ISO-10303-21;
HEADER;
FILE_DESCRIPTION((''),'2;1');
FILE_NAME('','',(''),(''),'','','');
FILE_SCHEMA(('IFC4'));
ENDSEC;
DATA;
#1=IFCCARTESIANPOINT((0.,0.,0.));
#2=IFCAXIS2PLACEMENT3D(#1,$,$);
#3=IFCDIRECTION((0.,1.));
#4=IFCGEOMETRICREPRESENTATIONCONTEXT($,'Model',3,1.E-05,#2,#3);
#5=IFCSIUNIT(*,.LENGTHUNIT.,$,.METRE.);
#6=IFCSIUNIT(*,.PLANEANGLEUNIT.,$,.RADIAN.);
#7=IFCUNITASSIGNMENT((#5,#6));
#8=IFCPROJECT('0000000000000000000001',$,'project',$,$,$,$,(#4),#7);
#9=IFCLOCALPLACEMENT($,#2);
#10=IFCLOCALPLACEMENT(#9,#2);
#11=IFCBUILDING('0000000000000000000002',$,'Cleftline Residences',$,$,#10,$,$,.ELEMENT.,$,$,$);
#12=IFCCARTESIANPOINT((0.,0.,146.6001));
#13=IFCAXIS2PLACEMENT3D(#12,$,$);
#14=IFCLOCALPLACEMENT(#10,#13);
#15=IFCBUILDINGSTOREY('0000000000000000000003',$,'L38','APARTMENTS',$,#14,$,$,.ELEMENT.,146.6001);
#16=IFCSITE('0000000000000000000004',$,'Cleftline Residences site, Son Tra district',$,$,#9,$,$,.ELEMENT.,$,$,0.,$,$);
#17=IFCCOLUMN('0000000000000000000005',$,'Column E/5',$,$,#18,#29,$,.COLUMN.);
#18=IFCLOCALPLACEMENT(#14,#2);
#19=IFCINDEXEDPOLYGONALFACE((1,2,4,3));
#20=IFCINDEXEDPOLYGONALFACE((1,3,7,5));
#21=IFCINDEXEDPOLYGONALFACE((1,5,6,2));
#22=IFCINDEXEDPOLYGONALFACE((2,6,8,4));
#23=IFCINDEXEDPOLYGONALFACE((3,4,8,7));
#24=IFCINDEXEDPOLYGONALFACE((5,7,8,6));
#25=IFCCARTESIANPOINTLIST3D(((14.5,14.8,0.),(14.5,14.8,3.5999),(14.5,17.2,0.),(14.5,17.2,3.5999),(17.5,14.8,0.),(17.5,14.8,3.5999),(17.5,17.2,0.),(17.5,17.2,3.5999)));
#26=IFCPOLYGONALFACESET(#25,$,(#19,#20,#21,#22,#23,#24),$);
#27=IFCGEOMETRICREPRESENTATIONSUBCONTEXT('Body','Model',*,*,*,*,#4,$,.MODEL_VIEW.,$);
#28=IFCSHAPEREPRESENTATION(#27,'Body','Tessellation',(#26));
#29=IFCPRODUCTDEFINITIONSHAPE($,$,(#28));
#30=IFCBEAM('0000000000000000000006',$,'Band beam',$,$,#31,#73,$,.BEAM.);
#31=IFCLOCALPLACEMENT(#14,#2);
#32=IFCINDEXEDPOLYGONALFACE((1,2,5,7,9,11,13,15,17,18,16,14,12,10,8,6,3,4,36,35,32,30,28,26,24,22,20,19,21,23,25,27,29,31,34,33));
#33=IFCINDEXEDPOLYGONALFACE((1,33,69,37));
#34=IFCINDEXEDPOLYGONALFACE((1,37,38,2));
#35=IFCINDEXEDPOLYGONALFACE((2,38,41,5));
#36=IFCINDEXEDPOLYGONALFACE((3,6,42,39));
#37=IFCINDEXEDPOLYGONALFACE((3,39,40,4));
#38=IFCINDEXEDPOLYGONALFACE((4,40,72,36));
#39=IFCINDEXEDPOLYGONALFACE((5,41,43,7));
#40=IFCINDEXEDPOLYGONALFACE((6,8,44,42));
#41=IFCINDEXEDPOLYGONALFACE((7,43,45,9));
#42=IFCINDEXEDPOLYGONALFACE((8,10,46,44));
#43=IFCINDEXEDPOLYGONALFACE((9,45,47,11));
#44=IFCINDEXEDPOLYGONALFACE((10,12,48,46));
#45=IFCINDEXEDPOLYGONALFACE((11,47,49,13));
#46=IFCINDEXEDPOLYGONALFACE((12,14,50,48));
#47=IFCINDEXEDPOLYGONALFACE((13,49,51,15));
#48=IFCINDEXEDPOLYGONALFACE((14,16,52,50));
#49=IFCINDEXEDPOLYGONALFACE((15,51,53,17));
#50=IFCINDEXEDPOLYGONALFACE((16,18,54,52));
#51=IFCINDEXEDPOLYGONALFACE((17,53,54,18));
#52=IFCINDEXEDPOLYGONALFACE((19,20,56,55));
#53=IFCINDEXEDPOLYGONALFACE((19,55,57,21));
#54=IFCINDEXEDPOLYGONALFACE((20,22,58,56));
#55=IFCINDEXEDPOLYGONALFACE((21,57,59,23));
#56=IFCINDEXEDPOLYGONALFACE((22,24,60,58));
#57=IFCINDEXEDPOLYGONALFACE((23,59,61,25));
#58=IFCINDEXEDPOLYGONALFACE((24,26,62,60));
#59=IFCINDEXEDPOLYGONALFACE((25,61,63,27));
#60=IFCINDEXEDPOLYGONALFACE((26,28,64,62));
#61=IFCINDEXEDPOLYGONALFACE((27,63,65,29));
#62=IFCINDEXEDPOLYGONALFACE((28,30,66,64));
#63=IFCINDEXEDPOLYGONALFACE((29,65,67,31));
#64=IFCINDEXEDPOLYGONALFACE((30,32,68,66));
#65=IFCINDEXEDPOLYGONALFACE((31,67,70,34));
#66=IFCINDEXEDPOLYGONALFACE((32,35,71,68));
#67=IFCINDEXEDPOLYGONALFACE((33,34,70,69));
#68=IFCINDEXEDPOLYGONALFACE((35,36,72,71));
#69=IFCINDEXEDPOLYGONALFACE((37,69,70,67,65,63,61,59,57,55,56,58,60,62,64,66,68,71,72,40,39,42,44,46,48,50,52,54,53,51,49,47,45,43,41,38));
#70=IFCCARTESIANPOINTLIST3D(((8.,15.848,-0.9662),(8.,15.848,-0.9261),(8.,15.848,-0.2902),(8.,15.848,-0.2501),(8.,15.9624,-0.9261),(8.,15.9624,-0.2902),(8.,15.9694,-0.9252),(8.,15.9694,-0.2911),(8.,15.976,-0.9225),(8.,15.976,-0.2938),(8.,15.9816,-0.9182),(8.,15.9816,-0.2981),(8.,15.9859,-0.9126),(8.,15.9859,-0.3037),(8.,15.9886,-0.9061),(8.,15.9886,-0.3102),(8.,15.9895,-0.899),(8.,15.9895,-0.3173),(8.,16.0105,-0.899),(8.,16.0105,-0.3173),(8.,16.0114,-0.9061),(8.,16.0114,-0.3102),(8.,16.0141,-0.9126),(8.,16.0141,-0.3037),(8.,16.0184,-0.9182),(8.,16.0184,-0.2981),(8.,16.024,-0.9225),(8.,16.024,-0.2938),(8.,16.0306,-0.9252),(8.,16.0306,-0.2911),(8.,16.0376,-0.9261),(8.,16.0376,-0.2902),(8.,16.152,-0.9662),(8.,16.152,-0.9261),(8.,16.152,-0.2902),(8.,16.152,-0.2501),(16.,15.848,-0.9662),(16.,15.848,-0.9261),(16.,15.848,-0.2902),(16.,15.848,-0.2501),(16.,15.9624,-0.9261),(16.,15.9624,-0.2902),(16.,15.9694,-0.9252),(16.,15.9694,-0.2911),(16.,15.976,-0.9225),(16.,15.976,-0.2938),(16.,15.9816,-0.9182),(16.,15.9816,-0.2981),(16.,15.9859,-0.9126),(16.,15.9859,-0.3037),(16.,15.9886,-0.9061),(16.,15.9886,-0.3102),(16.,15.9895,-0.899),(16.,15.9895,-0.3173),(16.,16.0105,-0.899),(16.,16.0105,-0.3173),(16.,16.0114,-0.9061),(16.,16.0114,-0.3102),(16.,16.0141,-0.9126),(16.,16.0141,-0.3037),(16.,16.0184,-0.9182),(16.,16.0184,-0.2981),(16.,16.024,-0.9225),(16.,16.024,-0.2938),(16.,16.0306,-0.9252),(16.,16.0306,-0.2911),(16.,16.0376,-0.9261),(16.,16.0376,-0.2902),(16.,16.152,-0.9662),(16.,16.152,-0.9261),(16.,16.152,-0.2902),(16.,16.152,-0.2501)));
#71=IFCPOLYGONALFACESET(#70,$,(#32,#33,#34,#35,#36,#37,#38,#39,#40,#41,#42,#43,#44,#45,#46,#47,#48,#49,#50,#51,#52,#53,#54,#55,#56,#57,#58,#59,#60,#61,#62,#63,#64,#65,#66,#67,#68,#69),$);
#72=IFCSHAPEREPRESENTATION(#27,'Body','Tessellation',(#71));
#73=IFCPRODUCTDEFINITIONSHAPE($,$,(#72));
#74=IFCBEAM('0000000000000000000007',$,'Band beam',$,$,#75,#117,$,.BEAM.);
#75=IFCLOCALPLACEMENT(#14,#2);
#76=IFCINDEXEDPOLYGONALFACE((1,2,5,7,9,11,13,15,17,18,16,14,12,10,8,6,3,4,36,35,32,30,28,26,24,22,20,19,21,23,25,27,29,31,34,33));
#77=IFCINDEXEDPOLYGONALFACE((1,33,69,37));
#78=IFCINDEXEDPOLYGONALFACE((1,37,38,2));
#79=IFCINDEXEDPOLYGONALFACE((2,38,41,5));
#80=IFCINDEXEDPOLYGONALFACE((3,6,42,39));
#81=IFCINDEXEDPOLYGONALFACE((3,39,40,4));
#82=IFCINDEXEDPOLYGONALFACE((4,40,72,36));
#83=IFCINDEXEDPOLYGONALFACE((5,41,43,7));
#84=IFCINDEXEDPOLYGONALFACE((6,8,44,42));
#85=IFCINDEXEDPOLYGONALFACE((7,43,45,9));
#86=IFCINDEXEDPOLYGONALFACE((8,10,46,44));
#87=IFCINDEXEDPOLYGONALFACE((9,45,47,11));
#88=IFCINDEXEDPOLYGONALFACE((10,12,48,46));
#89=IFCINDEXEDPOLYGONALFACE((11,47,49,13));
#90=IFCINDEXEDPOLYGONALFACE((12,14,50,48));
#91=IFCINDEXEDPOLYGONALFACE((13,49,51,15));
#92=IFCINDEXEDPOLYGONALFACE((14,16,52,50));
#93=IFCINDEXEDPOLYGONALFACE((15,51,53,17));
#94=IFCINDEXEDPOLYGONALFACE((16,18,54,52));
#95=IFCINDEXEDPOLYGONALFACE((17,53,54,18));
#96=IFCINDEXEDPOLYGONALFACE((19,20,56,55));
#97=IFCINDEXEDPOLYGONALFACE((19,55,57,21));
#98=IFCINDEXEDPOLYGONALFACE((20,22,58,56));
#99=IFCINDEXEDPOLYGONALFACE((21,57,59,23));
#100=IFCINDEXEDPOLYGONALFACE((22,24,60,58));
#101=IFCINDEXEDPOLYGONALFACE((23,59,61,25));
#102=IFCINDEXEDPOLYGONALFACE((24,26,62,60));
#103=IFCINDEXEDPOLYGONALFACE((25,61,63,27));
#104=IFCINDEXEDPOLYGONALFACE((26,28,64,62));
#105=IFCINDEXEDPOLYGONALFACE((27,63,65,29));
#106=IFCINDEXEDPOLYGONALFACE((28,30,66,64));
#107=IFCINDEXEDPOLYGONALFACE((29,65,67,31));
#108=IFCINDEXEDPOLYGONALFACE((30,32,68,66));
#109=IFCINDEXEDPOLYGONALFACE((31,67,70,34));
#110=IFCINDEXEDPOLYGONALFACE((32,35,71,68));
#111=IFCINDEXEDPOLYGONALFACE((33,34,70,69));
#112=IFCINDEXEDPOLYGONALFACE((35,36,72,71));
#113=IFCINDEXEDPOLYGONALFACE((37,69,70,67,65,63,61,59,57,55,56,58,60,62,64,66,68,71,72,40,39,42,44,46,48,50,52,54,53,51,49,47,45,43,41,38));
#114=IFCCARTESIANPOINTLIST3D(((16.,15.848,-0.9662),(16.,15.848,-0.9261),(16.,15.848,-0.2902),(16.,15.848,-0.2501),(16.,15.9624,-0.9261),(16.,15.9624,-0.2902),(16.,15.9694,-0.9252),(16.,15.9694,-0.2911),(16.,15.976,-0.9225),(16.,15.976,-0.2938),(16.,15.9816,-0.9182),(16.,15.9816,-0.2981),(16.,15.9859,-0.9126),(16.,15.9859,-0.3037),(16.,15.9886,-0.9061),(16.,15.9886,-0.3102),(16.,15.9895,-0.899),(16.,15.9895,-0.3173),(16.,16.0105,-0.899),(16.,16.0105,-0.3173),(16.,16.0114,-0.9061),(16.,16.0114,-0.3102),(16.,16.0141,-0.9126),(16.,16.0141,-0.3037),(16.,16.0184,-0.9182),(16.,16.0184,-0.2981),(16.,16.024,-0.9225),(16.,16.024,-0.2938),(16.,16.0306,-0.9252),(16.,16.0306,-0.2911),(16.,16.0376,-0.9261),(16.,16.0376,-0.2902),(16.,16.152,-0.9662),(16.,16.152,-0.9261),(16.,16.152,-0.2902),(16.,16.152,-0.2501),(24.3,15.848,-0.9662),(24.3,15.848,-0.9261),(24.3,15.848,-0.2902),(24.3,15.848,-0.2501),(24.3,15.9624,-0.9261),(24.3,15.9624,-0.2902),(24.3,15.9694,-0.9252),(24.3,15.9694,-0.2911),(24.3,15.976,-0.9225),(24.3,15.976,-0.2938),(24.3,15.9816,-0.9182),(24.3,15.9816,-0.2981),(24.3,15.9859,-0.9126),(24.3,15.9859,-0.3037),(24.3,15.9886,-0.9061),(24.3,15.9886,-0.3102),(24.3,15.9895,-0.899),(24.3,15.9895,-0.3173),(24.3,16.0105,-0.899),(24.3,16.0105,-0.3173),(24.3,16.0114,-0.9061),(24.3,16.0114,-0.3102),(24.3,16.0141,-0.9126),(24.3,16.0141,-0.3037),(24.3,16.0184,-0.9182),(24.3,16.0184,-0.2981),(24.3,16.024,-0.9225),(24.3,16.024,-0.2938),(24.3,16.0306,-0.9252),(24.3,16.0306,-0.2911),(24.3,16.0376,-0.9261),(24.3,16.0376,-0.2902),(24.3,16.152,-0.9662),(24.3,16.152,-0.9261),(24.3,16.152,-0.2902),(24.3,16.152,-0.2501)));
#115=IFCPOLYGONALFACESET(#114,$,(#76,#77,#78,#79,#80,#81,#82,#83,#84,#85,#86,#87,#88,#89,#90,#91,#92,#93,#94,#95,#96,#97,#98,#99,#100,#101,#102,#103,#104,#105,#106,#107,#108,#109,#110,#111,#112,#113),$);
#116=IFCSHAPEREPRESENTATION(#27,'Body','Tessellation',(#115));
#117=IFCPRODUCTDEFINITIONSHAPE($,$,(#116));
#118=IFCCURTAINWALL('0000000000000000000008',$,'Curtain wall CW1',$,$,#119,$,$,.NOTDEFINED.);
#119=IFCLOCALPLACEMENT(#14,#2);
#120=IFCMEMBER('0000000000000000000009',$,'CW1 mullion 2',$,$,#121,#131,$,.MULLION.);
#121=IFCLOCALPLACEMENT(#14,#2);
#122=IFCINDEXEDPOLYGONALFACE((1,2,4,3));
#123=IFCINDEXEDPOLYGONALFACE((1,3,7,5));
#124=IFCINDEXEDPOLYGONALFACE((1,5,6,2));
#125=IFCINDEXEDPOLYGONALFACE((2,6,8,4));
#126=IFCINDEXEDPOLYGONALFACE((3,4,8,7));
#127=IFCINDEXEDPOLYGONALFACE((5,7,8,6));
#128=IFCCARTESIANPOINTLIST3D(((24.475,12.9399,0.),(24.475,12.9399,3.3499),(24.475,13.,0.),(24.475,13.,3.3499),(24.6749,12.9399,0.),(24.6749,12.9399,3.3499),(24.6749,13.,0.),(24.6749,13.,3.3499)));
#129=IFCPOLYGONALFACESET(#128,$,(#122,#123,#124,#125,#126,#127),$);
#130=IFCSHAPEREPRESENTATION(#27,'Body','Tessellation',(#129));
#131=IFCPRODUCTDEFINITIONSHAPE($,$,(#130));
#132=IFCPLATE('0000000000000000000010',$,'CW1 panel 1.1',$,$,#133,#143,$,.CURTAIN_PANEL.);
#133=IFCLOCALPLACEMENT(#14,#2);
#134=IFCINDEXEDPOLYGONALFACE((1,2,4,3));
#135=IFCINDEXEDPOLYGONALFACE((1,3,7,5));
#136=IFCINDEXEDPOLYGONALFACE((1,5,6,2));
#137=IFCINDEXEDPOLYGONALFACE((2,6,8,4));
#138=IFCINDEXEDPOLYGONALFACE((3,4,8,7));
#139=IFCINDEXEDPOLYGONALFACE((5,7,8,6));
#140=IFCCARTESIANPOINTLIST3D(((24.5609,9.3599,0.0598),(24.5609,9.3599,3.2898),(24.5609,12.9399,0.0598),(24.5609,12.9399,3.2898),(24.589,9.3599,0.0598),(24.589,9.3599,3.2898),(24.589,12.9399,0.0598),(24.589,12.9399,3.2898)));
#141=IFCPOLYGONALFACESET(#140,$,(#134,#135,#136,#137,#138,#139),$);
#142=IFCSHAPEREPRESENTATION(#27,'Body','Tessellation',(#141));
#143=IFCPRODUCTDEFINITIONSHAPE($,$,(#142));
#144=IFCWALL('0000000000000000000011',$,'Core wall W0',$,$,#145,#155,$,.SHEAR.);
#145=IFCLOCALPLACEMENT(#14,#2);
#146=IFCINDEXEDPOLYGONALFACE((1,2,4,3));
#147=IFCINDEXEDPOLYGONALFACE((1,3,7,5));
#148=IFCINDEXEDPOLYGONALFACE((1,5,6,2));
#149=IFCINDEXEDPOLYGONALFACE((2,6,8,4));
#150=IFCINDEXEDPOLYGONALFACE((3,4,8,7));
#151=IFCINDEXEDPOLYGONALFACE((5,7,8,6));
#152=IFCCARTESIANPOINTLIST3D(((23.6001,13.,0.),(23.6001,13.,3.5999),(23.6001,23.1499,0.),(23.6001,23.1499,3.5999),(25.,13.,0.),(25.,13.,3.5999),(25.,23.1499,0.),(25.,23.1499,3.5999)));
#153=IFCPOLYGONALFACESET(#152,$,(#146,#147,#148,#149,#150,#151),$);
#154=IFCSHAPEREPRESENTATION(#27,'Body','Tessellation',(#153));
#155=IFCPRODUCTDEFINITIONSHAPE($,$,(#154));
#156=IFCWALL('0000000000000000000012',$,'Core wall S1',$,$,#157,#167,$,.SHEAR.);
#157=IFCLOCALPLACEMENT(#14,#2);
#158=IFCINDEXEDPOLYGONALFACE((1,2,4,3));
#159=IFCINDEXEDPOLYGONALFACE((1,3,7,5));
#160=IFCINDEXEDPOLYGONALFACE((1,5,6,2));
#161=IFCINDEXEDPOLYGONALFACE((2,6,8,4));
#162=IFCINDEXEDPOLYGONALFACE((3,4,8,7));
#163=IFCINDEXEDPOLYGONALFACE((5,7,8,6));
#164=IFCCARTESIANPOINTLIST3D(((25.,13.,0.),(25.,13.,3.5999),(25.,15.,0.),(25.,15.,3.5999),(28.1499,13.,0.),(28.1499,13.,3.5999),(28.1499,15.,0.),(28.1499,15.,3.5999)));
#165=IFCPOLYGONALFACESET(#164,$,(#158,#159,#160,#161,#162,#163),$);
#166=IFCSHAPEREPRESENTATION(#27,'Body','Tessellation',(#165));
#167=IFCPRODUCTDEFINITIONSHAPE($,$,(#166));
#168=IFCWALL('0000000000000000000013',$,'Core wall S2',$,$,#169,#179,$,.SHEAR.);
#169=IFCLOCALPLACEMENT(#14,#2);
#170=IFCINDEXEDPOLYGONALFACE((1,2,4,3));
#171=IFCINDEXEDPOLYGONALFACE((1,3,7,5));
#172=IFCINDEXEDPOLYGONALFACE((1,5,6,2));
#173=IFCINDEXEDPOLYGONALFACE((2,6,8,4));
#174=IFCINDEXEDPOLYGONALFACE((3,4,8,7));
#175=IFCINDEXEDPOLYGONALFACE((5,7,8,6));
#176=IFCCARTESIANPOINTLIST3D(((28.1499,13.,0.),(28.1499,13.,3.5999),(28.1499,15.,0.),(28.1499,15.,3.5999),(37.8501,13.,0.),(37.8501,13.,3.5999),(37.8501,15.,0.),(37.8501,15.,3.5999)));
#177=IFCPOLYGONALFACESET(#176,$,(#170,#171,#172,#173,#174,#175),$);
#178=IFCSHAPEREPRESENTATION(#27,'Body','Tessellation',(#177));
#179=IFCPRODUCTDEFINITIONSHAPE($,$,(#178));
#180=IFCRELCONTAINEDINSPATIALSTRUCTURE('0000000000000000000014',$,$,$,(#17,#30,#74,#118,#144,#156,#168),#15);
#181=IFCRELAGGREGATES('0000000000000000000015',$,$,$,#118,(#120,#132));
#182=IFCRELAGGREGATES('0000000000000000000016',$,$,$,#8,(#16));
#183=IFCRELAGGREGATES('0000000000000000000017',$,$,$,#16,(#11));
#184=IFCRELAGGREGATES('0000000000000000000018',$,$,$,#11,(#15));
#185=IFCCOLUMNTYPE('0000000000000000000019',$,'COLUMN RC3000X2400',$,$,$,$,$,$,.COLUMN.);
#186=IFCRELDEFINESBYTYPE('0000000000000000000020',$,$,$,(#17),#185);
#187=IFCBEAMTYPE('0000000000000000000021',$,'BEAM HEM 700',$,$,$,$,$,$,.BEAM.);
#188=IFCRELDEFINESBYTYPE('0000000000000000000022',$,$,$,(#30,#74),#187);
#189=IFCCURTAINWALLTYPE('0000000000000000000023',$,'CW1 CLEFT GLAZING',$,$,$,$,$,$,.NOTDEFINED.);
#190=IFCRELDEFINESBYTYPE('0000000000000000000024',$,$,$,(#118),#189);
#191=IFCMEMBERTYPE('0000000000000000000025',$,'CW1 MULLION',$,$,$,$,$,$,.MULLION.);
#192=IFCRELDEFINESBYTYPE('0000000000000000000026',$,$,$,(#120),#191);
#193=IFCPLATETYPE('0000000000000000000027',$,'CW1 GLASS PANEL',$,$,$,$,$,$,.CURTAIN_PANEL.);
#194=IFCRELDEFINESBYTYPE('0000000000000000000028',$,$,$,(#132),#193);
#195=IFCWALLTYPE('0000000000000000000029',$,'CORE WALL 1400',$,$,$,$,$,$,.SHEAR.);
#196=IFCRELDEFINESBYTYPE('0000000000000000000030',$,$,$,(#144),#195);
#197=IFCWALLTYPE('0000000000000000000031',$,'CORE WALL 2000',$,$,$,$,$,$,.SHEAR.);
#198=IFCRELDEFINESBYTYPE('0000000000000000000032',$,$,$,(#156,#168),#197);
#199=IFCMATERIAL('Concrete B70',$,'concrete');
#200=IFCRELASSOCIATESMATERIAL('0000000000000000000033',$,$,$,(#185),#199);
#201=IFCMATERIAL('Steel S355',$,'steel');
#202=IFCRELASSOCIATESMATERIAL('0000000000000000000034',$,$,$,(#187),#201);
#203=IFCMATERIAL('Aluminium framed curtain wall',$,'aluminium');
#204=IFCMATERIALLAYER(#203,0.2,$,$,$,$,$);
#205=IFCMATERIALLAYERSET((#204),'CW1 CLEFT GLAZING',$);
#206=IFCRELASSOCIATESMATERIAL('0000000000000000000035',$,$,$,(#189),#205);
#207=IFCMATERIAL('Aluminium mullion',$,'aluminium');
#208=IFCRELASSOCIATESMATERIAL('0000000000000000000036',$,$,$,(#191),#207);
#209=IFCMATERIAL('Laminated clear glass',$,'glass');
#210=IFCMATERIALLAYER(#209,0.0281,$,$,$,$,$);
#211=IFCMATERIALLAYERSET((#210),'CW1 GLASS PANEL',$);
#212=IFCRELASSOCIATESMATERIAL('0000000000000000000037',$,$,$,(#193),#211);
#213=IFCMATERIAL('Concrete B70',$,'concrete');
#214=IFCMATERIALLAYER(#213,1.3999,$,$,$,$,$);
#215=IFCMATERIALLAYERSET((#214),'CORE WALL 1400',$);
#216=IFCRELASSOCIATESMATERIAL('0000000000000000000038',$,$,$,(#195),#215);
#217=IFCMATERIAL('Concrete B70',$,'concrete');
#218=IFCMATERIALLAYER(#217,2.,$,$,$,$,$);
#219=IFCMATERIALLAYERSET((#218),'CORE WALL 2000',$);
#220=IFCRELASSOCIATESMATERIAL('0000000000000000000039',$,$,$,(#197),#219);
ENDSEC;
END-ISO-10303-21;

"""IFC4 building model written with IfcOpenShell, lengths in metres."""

from ifc_helpers import new_model, si_unit, direction, frame, frame_2d, origin, origin_2d, place, context, subcontext, project, spatial, rectangle, i_section, extrude, material, layer, layer_set, material_profile, profile_set, type_object, element, aggregate, save


model = new_model("IFC4")

# Units and contexts
model_context = context("Model", 3, precision=1e-05, world=origin(), true_north=direction((0.0, 1.0)))
body_context = subcontext(model_context, "Body", "Model", "MODEL_VIEW")
ifc_project = project(units=[si_unit("LENGTHUNIT", "METRE"), si_unit("PLANEANGLEUNIT", "RADIAN")], contexts=[model_context])

# Site, building, storey
site_placement = place(None, origin())
site = spatial("IfcSite", under=ifc_project, at=site_placement, Name="Cleftline Residences site, Son Tra district", CompositionType="ELEMENT", RefElevation=0.0)
building_placement = place(site_placement, origin())
building = spatial("IfcBuilding", under=site, at=building_placement, Name="Cleftline Residences", CompositionType="ELEMENT")
storey_placement = place(building_placement, frame((0.0, 0.0, 146.6001)))
storey = spatial("IfcBuildingStorey", under=building, at=storey_placement, Name="L38", Description="APARTMENTS", CompositionType="ELEMENT", Elevation=146.6001)

# Column
ifc_material_1 = material(Name="Concrete B70", Category="concrete")
ifc_material_profile_1 = material_profile(ifc_material_1, rectangle(XDim=3.0, YDim=2.3999, at=origin_2d()))
ifc_profile_set_1 = profile_set([ifc_material_profile_1], Name="Concrete B70")
column_type = type_object("IfcColumnType", Name="COLUMN RC3000X2400", PredefinedType="COLUMN", material=ifc_profile_set_1)
column_placement = place(storey_placement, frame((16.0, 16.0, 0.0), z_axis=(0.0, 0.0, 1.0), x_axis=(1.0, 0.0, 0.0)))
element("IfcColumn", 1, at=column_placement, inside=storey, type_object=column_type, Name="Column E/5", PredefinedType="COLUMN", context=body_context, shape_type="SweptSolid", body=[
    extrude(rectangle(XDim=3.0, YDim=2.3999, at=origin_2d()), origin(), (0.0, 0.0, 1.0), 3.5999),
])

# Beams
ifc_material_2 = material(Name="Steel S355", Category="steel")
ifc_material_profile_2 = material_profile(ifc_material_2, i_section(OverallWidth=0.304, OverallDepth=0.7161, WebThickness=0.021, FlangeThickness=0.04, FilletRadius=0.0271, at=origin_2d()))
ifc_profile_set_2 = profile_set([ifc_material_profile_2], Name="Steel S355")
beam_type = type_object("IfcBeamType", Name="BEAM HEM 700", PredefinedType="BEAM", material=ifc_profile_set_2)
beam_1_placement = place(storey_placement, frame((8.0, 16.0, -0.6082), z_axis=(1.0, 0.0, 0.0), x_axis=(0.0, 1.0, 0.0)))
element("IfcBeam", 2, at=beam_1_placement, inside=storey, type_object=beam_type, Name="Band beam", PredefinedType="BEAM", context=body_context, shape_type="SweptSolid", body=[
    extrude(i_section(OverallWidth=0.304, OverallDepth=0.7161, WebThickness=0.021, FlangeThickness=0.04, FilletRadius=0.0271, at=origin_2d()), origin(), (0.0, 0.0, 1.0), 8.0),
])
beam_2_placement = place(storey_placement, frame((16.0, 16.0, -0.6082), z_axis=(1.0, 0.0, 0.0), x_axis=(0.0, 1.0, 0.0)))
element("IfcBeam", 3, at=beam_2_placement, inside=storey, type_object=beam_type, Name="Band beam", PredefinedType="BEAM", context=body_context, shape_type="SweptSolid", body=[
    extrude(i_section(OverallWidth=0.304, OverallDepth=0.7161, WebThickness=0.021, FlangeThickness=0.04, FilletRadius=0.0271, at=origin_2d()), origin(), (0.0, 0.0, 1.0), 8.3),
])

# Curtain wall, member, plate
ifc_material_3 = material(Name="Aluminium framed curtain wall", Category="aluminium")
ifc_layer_1 = layer(ifc_material_3, 0.2)
ifc_layer_set_1 = layer_set([ifc_layer_1], Name="CW1 CLEFT GLAZING")
curtain_wall_type = type_object("IfcCurtainWallType", Name="CW1 CLEFT GLAZING", PredefinedType="NOTDEFINED", material=ifc_layer_set_1)
curtain_wall_placement = place(storey_placement, origin())
curtain_wall = element("IfcCurtainWall", 4, at=curtain_wall_placement, inside=storey, type_object=curtain_wall_type, Name="Curtain wall CW1", PredefinedType="NOTDEFINED")
ifc_material_4 = material(Name="Aluminium mullion", Category="aluminium")
ifc_material_profile_3 = material_profile(ifc_material_4, rectangle(XDim=0.2, YDim=0.0601, at=origin_2d()))
ifc_profile_set_3 = profile_set([ifc_material_profile_3], Name="Aluminium mullion")
member_type = type_object("IfcMemberType", Name="CW1 MULLION", PredefinedType="MULLION", material=ifc_profile_set_3)
member_placement = place(storey_placement, frame((24.575, 12.97, 0.0), z_axis=(0.0, 0.0, 1.0), x_axis=(-1.0, 0.0, 0.0)))
member = element("IfcMember", 5, at=member_placement, type_object=member_type, Name="CW1 mullion 2", PredefinedType="MULLION", context=body_context, shape_type="SweptSolid", body=[
    extrude(rectangle(XDim=0.2, YDim=0.0601, at=origin_2d()), origin(), (0.0, 0.0, 1.0), 3.3499),
])
ifc_material_5 = material(Name="Laminated clear glass", Category="glass")
ifc_layer_2 = layer(ifc_material_5, 0.0281)
ifc_layer_set_2 = layer_set([ifc_layer_2], Name="CW1 GLASS PANEL")
plate_type = type_object("IfcPlateType", Name="CW1 GLASS PANEL", PredefinedType="CURTAIN_PANEL", material=ifc_layer_set_2)
plate_placement = place(storey_placement, frame((24.575, 11.1499, 0.0598), z_axis=(0.0, 0.0, 1.0), x_axis=(0.0, 1.0, 0.0)))
plate = element("IfcPlate", 6, at=plate_placement, type_object=plate_type, Name="CW1 panel 1.1", PredefinedType="CURTAIN_PANEL", context=body_context, shape_type="SweptSolid", body=[
    extrude(rectangle(XDim=3.5801, YDim=0.0281, at=origin_2d()), origin(), (0.0, 0.0, 1.0), 3.23),
])
aggregate(curtain_wall, [member, plate])

# Wall
ifc_material_6 = material(Name="Concrete B70", Category="concrete")
ifc_layer_3 = layer(ifc_material_6, 1.3999)
ifc_layer_set_3 = layer_set([ifc_layer_3], Name="CORE WALL 1400")
wall_type_1 = type_object("IfcWallType", Name="CORE WALL 1400", PredefinedType="SHEAR", material=ifc_layer_set_3)
wall_1_placement = place(storey_placement, frame((24.3, 13.0, 0.0), z_axis=(0.0, 0.0, 1.0), x_axis=(0.0, 1.0, 0.0)))
element("IfcWall", 7, at=wall_1_placement, inside=storey, type_object=wall_type_1, Name="Core wall W0", PredefinedType="SHEAR", context=body_context, shape_type="SweptSolid", body=[
    extrude(rectangle(XDim=10.1499, YDim=1.3999, at=frame_2d((5.075, 0.0))), origin(), (0.0, 0.0, 1.0), 3.5999),
])

# Walls
ifc_material_7 = material(Name="Concrete B70", Category="concrete")
ifc_layer_4 = layer(ifc_material_7, 2.0)
ifc_layer_set_4 = layer_set([ifc_layer_4], Name="CORE WALL 2000")
wall_type_2 = type_object("IfcWallType", Name="CORE WALL 2000", PredefinedType="SHEAR", material=ifc_layer_set_4)
wall_2_placement = place(storey_placement, frame((25.0, 14.0, 0.0), z_axis=(0.0, 0.0, 1.0), x_axis=(1.0, 0.0, 0.0)))
element("IfcWall", 8, at=wall_2_placement, inside=storey, type_object=wall_type_2, Name="Core wall S1", PredefinedType="SHEAR", context=body_context, shape_type="SweptSolid", body=[
    extrude(rectangle(XDim=3.1499, YDim=2.0, at=frame_2d((1.575, 0.0))), origin(), (0.0, 0.0, 1.0), 3.5999),
])
wall_3_placement = place(storey_placement, frame((28.1499, 14.0, 0.0), z_axis=(0.0, 0.0, 1.0), x_axis=(1.0, 0.0, 0.0)))
element("IfcWall", 9, at=wall_3_placement, inside=storey, type_object=wall_type_2, Name="Core wall S2", PredefinedType="SHEAR", context=body_context, shape_type="SweptSolid", body=[
    extrude(rectangle(XDim=9.7002, YDim=2.0, at=frame_2d((4.8501, 0.0))), origin(), (0.0, 0.0, 1.0), 3.5999),
])

save(model, "model.ifc")
